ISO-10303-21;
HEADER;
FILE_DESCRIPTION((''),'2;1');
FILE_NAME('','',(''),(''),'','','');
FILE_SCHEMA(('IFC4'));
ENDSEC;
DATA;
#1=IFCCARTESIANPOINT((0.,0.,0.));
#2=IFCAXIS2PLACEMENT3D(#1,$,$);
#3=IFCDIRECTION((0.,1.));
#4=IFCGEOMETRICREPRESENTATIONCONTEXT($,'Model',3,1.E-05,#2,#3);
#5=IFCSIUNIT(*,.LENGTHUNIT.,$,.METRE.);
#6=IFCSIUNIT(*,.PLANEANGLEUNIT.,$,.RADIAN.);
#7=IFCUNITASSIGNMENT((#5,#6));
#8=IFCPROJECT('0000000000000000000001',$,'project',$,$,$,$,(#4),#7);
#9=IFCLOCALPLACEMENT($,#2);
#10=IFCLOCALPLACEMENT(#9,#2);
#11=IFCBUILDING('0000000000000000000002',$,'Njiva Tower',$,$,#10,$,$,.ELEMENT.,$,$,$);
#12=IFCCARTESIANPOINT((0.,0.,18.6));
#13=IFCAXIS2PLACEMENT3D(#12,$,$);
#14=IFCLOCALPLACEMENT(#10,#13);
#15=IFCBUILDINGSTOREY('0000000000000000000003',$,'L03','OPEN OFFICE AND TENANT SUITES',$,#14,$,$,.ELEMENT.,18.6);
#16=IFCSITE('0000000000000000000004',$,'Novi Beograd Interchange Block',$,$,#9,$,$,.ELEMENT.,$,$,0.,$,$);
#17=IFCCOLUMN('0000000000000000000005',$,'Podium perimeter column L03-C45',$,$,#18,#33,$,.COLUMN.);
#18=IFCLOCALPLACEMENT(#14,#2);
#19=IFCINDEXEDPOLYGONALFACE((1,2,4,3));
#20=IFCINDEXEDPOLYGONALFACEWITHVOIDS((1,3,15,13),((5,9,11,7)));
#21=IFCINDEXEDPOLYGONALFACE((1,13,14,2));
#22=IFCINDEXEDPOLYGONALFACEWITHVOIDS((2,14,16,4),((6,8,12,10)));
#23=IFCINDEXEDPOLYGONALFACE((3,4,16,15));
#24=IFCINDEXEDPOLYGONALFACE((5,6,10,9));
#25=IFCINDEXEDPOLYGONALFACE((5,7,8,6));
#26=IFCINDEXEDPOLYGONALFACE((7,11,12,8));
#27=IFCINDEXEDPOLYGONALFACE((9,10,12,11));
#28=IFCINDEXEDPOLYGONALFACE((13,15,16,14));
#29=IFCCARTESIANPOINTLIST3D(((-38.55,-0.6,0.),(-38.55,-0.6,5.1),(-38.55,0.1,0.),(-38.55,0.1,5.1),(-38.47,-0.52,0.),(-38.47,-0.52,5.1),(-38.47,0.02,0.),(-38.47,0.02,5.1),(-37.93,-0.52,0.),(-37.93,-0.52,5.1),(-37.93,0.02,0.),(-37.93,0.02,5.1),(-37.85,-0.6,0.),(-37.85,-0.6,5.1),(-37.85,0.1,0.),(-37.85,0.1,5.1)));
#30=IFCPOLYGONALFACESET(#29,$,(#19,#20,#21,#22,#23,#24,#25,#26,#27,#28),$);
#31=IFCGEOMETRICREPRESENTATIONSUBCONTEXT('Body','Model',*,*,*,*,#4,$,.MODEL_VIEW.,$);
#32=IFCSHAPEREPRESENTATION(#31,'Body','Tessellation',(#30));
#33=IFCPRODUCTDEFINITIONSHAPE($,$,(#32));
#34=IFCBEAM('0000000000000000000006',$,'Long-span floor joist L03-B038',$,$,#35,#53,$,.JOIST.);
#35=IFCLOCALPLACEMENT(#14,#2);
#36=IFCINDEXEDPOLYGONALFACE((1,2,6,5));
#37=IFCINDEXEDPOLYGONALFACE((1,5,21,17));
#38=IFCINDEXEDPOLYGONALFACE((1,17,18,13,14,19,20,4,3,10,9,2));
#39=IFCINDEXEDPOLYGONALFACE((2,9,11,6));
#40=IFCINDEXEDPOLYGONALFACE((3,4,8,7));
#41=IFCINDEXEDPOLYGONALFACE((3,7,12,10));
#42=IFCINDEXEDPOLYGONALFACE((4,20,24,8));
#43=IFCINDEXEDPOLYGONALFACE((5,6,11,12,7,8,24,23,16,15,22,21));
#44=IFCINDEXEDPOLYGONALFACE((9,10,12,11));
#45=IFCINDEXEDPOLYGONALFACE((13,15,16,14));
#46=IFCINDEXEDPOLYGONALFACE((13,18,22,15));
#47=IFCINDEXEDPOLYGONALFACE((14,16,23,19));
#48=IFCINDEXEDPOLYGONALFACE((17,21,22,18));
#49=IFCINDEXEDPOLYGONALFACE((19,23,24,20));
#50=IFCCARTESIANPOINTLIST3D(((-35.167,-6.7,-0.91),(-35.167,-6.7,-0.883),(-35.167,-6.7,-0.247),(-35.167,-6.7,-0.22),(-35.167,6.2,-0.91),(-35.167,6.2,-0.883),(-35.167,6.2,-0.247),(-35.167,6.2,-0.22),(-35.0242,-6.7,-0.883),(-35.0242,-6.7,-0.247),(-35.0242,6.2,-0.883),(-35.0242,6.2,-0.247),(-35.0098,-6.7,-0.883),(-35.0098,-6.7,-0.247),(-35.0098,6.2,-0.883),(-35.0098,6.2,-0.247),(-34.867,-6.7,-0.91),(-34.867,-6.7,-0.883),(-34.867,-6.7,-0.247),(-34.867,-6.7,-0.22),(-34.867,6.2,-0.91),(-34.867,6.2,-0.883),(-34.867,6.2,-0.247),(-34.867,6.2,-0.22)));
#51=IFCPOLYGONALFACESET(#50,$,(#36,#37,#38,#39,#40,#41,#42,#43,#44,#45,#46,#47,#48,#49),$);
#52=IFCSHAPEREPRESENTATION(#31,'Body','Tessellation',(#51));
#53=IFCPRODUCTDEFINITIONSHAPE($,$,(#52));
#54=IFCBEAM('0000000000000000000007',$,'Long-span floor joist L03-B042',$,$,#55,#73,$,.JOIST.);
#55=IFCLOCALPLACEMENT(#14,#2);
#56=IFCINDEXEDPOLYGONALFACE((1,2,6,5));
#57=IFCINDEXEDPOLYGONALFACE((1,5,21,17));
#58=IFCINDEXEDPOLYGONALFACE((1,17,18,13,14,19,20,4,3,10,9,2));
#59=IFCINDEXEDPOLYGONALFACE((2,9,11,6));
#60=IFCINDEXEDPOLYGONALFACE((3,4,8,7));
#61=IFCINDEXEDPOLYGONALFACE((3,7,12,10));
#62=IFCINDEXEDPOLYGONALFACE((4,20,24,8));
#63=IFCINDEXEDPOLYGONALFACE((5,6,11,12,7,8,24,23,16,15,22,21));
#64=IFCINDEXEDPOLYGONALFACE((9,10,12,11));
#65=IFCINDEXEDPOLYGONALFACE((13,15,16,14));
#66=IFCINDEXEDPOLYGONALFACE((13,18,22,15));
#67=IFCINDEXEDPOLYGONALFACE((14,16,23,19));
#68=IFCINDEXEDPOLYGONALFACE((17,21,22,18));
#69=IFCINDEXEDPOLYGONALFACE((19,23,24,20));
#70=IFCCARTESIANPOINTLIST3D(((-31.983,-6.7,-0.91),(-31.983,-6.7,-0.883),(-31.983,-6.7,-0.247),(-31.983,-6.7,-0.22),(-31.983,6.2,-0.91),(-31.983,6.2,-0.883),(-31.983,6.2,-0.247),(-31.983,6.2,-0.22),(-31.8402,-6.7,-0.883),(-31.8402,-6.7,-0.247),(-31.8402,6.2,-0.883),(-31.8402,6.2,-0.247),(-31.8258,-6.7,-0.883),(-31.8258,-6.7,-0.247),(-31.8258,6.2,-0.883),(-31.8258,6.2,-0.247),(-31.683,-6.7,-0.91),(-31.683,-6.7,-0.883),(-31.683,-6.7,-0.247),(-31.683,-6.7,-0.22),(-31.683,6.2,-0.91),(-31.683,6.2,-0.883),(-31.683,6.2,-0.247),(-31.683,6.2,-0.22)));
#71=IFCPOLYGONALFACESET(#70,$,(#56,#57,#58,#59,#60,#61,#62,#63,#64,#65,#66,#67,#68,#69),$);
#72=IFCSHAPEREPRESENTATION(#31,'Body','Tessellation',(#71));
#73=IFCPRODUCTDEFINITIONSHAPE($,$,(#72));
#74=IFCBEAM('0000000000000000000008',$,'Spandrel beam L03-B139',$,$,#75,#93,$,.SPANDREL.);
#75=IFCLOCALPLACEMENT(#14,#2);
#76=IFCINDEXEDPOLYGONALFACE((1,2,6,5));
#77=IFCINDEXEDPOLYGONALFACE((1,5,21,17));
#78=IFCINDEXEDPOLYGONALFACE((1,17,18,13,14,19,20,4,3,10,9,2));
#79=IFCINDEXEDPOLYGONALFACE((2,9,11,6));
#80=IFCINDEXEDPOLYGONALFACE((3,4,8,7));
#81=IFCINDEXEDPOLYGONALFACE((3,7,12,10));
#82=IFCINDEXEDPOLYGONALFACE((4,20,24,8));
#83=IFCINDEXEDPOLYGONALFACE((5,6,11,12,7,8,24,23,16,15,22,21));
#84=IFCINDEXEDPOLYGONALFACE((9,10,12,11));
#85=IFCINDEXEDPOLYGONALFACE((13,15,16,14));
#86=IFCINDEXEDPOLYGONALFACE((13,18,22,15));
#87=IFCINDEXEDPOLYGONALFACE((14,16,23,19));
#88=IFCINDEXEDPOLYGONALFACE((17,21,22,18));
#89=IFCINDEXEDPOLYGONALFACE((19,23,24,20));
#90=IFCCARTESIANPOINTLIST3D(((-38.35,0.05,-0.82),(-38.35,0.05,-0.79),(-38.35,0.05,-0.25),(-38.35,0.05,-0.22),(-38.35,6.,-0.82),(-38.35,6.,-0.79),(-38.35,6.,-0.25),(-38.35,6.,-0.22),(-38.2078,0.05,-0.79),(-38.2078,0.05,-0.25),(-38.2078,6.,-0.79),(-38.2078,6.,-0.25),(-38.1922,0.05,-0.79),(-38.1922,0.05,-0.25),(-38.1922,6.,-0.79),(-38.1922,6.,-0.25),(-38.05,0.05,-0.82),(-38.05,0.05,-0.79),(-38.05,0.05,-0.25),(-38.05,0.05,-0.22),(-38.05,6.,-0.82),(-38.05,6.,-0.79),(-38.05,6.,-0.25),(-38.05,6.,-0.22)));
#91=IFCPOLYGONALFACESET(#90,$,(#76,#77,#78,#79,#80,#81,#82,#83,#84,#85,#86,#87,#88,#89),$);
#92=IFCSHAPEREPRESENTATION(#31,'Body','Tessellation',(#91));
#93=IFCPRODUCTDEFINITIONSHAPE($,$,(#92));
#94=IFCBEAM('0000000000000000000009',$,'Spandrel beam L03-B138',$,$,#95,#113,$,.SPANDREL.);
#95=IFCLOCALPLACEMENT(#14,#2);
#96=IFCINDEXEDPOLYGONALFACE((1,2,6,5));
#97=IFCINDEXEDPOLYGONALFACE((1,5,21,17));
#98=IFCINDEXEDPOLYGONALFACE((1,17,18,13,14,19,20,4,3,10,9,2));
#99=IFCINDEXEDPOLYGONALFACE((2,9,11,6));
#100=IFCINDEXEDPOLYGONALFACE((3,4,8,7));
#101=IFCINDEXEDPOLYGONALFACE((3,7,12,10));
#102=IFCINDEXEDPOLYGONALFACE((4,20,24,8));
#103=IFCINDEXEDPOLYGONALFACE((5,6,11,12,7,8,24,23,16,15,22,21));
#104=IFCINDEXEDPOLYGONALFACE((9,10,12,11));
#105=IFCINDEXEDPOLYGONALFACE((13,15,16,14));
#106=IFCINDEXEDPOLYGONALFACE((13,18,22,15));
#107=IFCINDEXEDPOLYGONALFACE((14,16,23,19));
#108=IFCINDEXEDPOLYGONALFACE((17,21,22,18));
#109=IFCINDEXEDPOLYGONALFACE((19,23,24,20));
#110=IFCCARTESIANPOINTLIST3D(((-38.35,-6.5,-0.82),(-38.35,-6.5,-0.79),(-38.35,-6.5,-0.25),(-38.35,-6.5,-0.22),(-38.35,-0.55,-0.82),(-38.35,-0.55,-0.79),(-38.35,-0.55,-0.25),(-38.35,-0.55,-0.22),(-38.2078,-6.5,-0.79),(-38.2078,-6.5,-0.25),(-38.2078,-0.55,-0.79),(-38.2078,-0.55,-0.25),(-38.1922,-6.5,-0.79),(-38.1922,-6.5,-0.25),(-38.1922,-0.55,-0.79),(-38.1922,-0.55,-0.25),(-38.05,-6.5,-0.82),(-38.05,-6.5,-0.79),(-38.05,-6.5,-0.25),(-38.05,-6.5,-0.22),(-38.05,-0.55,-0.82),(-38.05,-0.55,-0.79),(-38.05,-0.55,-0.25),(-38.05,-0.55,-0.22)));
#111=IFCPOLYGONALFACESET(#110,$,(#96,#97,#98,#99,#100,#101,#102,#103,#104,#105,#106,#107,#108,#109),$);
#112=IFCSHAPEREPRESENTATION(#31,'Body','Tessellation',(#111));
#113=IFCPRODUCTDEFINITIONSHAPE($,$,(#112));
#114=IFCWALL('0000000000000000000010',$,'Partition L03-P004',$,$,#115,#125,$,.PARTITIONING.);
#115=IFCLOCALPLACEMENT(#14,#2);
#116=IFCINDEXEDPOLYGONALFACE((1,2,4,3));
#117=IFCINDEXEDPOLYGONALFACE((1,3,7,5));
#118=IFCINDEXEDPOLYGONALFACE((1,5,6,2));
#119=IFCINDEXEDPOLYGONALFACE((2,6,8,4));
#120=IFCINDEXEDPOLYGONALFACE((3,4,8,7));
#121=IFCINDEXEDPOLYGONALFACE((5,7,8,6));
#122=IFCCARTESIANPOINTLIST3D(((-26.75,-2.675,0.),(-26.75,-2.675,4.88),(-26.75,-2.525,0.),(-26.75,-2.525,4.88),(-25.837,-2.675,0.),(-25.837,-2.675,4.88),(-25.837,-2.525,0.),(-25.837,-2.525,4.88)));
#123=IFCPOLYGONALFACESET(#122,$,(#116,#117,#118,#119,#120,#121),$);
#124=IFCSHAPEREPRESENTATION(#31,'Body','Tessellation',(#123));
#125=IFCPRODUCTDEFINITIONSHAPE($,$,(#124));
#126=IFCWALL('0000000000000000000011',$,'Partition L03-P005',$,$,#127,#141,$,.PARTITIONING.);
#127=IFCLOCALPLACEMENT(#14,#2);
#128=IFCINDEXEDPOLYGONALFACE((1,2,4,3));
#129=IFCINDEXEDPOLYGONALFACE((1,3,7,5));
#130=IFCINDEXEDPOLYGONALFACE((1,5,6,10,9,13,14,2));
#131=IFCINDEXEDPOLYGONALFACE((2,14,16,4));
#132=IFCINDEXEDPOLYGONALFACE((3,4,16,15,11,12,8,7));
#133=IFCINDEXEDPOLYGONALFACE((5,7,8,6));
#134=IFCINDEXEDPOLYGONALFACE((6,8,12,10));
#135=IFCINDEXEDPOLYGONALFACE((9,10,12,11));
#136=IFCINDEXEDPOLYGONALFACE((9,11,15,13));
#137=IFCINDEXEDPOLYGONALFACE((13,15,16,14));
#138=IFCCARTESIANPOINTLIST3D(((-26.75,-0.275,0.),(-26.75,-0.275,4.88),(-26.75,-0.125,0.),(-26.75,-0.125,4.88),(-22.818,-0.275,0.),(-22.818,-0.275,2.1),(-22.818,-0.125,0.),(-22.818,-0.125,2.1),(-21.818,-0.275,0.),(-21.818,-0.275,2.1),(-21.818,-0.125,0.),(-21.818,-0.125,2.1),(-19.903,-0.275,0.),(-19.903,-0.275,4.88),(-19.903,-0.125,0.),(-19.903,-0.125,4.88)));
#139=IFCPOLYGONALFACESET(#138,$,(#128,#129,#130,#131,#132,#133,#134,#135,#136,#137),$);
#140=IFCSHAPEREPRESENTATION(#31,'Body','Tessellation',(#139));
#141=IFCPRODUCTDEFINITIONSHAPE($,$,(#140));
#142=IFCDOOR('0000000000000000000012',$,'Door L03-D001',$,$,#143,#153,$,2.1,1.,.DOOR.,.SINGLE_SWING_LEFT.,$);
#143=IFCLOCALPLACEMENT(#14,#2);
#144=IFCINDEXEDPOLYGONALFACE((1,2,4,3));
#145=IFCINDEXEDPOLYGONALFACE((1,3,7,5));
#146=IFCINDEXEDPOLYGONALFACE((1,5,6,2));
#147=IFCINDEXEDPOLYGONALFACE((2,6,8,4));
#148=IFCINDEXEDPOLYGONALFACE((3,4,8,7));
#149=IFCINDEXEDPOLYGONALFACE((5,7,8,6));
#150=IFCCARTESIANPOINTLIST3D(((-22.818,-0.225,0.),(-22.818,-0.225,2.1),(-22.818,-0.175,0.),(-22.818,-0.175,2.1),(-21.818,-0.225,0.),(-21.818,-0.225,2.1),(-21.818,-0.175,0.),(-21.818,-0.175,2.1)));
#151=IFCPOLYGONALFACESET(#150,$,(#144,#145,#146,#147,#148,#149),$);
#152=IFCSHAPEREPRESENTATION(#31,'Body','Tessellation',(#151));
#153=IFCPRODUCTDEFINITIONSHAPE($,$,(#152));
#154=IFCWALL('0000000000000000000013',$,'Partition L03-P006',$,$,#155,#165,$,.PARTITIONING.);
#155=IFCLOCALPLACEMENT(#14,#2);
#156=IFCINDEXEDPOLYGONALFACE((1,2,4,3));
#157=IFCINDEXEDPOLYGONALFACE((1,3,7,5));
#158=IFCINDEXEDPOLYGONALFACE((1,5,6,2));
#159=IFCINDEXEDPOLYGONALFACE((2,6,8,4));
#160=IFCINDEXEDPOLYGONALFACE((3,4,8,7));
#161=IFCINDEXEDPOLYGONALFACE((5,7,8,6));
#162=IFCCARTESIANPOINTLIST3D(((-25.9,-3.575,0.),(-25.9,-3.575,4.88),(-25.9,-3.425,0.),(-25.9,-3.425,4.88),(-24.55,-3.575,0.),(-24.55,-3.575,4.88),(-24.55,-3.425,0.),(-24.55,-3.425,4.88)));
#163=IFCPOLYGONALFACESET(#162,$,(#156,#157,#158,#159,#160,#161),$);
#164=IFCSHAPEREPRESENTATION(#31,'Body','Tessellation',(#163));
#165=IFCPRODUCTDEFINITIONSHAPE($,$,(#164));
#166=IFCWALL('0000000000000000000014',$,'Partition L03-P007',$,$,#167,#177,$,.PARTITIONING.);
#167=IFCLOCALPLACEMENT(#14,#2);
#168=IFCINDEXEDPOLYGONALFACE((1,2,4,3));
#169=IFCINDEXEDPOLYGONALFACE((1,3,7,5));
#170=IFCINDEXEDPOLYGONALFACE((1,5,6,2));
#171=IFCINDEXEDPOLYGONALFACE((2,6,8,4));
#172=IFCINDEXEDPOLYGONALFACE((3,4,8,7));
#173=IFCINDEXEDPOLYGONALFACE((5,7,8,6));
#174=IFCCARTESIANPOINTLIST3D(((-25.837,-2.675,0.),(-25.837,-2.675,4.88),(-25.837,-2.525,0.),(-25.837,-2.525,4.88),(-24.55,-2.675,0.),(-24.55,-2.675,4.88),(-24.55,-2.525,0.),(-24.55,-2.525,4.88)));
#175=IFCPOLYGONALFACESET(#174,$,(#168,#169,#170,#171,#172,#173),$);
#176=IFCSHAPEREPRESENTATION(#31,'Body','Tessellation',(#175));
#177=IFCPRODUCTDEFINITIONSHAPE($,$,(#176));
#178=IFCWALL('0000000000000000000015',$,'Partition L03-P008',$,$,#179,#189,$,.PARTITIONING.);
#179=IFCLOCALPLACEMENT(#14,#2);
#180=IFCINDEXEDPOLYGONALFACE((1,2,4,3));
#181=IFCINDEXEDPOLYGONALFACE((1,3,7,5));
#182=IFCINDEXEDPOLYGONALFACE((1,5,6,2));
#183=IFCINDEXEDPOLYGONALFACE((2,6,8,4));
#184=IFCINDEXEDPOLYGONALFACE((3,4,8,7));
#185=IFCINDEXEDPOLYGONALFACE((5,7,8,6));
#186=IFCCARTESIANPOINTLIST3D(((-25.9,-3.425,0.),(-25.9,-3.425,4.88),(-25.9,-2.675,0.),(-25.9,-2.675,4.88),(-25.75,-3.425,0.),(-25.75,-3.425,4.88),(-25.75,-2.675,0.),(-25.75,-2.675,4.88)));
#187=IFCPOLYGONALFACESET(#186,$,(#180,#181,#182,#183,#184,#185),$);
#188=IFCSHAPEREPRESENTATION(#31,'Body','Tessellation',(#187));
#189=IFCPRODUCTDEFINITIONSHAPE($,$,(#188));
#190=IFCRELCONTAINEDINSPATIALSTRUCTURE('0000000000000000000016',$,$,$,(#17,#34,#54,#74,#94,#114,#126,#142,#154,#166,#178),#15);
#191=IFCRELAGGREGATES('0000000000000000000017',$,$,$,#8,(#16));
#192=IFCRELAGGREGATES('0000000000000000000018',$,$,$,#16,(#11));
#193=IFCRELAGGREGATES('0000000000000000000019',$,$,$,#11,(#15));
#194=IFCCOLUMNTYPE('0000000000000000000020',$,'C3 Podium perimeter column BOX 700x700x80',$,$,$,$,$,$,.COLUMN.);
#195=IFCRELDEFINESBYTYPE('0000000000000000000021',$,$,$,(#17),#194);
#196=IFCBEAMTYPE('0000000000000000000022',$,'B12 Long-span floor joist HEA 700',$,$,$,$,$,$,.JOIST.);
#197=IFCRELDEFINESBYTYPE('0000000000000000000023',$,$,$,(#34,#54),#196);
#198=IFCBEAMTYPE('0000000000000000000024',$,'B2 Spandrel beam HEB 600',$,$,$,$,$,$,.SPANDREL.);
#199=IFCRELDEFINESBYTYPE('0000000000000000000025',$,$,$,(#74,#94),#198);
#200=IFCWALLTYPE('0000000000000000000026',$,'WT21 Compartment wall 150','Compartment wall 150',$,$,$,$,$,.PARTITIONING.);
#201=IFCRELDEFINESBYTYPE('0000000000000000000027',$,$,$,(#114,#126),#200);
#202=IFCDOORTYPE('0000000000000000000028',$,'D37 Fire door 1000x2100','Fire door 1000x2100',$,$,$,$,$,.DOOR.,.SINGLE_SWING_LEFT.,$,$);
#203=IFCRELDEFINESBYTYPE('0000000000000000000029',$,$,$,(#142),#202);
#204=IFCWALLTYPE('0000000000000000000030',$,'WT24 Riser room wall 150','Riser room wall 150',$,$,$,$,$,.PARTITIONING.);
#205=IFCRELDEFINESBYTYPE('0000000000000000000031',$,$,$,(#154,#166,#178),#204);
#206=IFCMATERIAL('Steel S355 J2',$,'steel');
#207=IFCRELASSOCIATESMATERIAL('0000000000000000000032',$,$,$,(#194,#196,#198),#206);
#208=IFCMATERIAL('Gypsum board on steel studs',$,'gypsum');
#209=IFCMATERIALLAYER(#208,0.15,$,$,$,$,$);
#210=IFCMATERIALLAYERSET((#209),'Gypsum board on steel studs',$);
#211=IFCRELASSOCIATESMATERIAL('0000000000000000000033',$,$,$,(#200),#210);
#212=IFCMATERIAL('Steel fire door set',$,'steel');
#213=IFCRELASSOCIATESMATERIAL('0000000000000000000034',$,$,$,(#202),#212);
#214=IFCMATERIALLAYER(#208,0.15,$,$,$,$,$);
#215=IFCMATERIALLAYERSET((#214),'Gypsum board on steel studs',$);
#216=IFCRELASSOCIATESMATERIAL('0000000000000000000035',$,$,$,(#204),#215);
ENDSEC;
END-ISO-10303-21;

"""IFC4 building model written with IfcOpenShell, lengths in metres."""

from ifc_helpers import new_model, si_unit, direction, frame, frame_2d, origin, origin_2d, place, context, subcontext, project, spatial, rectangle, hollow_rectangle, i_section, extrude, material, layer, layer_set, material_profile, profile_set, type_object, element, fill, save


model = new_model("IFC4")

# Units and contexts
model_context = context("Model", 3, precision=1e-05, world=origin(), true_north=direction((0.0, 1.0)))
body_context = subcontext(model_context, "Body", "Model", "MODEL_VIEW")
ifc_project = project(units=[si_unit("LENGTHUNIT", "METRE"), si_unit("PLANEANGLEUNIT", "RADIAN")], contexts=[model_context])

# Site, building, storey
site_placement = place(None, origin())
site = spatial("IfcSite", under=ifc_project, at=site_placement, Name="Novi Beograd Interchange Block", CompositionType="ELEMENT", RefElevation=0.0)
building_placement = place(site_placement, origin())
building = spatial("IfcBuilding", under=site, at=building_placement, Name="Njiva Tower", CompositionType="ELEMENT")
storey_placement = place(building_placement, frame((0.0, 0.0, 18.6)))
storey = spatial("IfcBuildingStorey", under=building, at=storey_placement, Name="L03", Description="OPEN OFFICE AND TENANT SUITES", CompositionType="ELEMENT", Elevation=18.6)

# Column
ifc_material_1 = material(Name="Steel S355 J2", Category="steel")
ifc_material_profile_1 = material_profile(ifc_material_1, hollow_rectangle(XDim=0.7, YDim=0.7, WallThickness=0.08, at=origin_2d()), Name="BOX 700x700x80")
ifc_profile_set_1 = profile_set([ifc_material_profile_1], Name="Steel S355 J2")
column_type = type_object("IfcColumnType", Name="C3 Podium perimeter column BOX 700x700x80", PredefinedType="COLUMN", material=ifc_profile_set_1)
column_placement = place(storey_placement, frame((-38.2, -0.25, 0.0), z_axis=(0.0, 0.0, 1.0), x_axis=(0.0, -1.0, 0.0)))
element("IfcColumn", 1, at=column_placement, inside=storey, type_object=column_type, Name="Podium perimeter column L03-C45", PredefinedType="COLUMN", context=body_context, shape_type="SweptSolid", body=[
    extrude(hollow_rectangle(XDim=0.7, YDim=0.7, WallThickness=0.08, at=origin_2d()), origin(), (0.0, 0.0, 1.0), 5.1),
])

# Beams
ifc_material_profile_2 = material_profile(ifc_material_1, i_section(OverallWidth=0.3, OverallDepth=0.69, WebThickness=0.0145, FlangeThickness=0.027, at=origin_2d()), Name="HEA 700")
ifc_profile_set_2 = profile_set([ifc_material_profile_2], Name="Steel S355 J2")
beam_type_1 = type_object("IfcBeamType", Name="B12 Long-span floor joist HEA 700", PredefinedType="JOIST", material=ifc_profile_set_2)
for number, where, z_axis, x_axis, name in (
    (2, (-35.017, 6.2, -0.565), (0.0, -1.0, 0.0), (1.0, 0.0, 0.0), "Long-span floor joist L03-B038"),
    (3, (-31.833, 6.2, -0.565), (0.0, -1.0, 0.0), (1.0, 0.0, 0.0), "Long-span floor joist L03-B042"),
):
    element("IfcBeam", number, at=place(storey_placement, frame(where, z_axis=z_axis, x_axis=x_axis)), inside=storey, type_object=beam_type_1, Name=name, PredefinedType="JOIST", context=body_context, shape_type="SweptSolid", body=[
        extrude(i_section(OverallWidth=0.3, OverallDepth=0.69, WebThickness=0.0145, FlangeThickness=0.027, at=origin_2d()), origin(), (0.0, 0.0, 1.0), 12.9),
    ])
ifc_material_profile_3 = material_profile(ifc_material_1, i_section(OverallWidth=0.3, OverallDepth=0.6, WebThickness=0.0155, FlangeThickness=0.03, at=origin_2d()), Name="HEB 600")
ifc_profile_set_3 = profile_set([ifc_material_profile_3], Name="Steel S355 J2")
beam_type_2 = type_object("IfcBeamType", Name="B2 Spandrel beam HEB 600", PredefinedType="SPANDREL", material=ifc_profile_set_3)
for number, where, z_axis, x_axis, name in (
    (4, (-38.2, 6.0, -0.52), (0.0, -1.0, 0.0), (1.0, 0.0, 0.0), "Spandrel beam L03-B139"),
    (5, (-38.2, -0.55, -0.52), (0.0, -1.0, 0.0), (1.0, 0.0, 0.0), "Spandrel beam L03-B138"),
):
    element("IfcBeam", number, at=place(storey_placement, frame(where, z_axis=z_axis, x_axis=x_axis)), inside=storey, type_object=beam_type_2, Name=name, PredefinedType="SPANDREL", context=body_context, shape_type="SweptSolid", body=[
        extrude(i_section(OverallWidth=0.3, OverallDepth=0.6, WebThickness=0.0155, FlangeThickness=0.03, at=origin_2d()), origin(), (0.0, 0.0, 1.0), 5.95),
    ])

# Wall
ifc_material_2 = material(Name="Gypsum board on steel studs", Category="gypsum")
ifc_layer_1 = layer(ifc_material_2, 0.15)
ifc_layer_set_1 = layer_set([ifc_layer_1], Name="Gypsum board on steel studs")
wall_type_1 = type_object("IfcWallType", Name="WT21 Compartment wall 150", Description="Compartment wall 150", PredefinedType="PARTITIONING", material=ifc_layer_set_1)
wall_1_placement = place(storey_placement, frame((-26.75, -2.6, 0.0), z_axis=(0.0, 0.0, 1.0), x_axis=(1.0, 0.0, 0.0)))
element("IfcWall", 6, at=wall_1_placement, inside=storey, type_object=wall_type_1, Name="Partition L03-P004", PredefinedType="PARTITIONING", context=body_context, shape_type="SweptSolid", body=[
    extrude(rectangle(XDim=0.913, YDim=0.15, at=frame_2d((0.4565, 0.0))), origin(), (0.0, 0.0, 1.0), 4.88),
])

# Wall, opening, door
wall_2_placement = place(storey_placement, frame((-26.75, -0.2, 0.0), z_axis=(0.0, 0.0, 1.0), x_axis=(1.0, 0.0, 0.0)))
wall_2 = element("IfcWall", 7, at=wall_2_placement, inside=storey, type_object=wall_type_1, Name="Partition L03-P005", PredefinedType="PARTITIONING", context=body_context, shape_type="SweptSolid", body=[
    extrude(rectangle(XDim=6.847, YDim=0.15, at=frame_2d((3.4235, 0.0))), origin(), (0.0, 0.0, 1.0), 4.88),
])
opening_placement = place(wall_2_placement, frame((3.932, 0.0, 0.0)))
opening = element("IfcOpeningElement", 8, at=opening_placement, cuts=wall_2, PredefinedType="OPENING", context=body_context, shape_type="SweptSolid", body=[
    extrude(rectangle(XDim=1.0, YDim=2.1, at=frame_2d((0.5, 1.05))), frame((0.0, 0.085, 0.0), z_axis=(0.0, -1.0, 0.0), x_axis=(1.0, 0.0, 0.0)), (0.0, 0.0, 1.0), 0.17),
])
ifc_material_3 = material(Name="Steel fire door set", Category="steel")
door_type = type_object("IfcDoorType", Name="D37 Fire door 1000x2100", Description="Fire door 1000x2100", OperationType="SINGLE_SWING_LEFT", PredefinedType="DOOR", material=ifc_material_3)
door_placement = place(opening_placement, origin())
door = element("IfcDoor", 9, at=door_placement, inside=storey, type_object=door_type, Name="Door L03-D001", OperationType="SINGLE_SWING_LEFT", OverallHeight=2.1, OverallWidth=1.0, PredefinedType="DOOR", context=body_context, shape_type="SweptSolid", body=[
    extrude(rectangle(XDim=1.0, YDim=2.1, at=frame_2d((0.5, 1.05))), frame((0.0, 0.025, 0.0), z_axis=(0.0, -1.0, 0.0), x_axis=(1.0, 0.0, 0.0)), (0.0, 0.0, 1.0), 0.05),
])
fill(opening, door)

# Walls
ifc_layer_2 = layer(ifc_material_2, 0.15)
ifc_layer_set_2 = layer_set([ifc_layer_2], Name="Gypsum board on steel studs")
wall_type_2 = type_object("IfcWallType", Name="WT24 Riser room wall 150", Description="Riser room wall 150", PredefinedType="PARTITIONING", material=ifc_layer_set_2)
wall_3_placement = place(storey_placement, frame((-25.9, -3.5, 0.0), z_axis=(0.0, 0.0, 1.0), x_axis=(1.0, 0.0, 0.0)))
element("IfcWall", 10, at=wall_3_placement, inside=storey, type_object=wall_type_2, Name="Partition L03-P006", PredefinedType="PARTITIONING", context=body_context, shape_type="SweptSolid", body=[
    extrude(rectangle(XDim=1.35, YDim=0.15, at=frame_2d((0.675, 0.0))), origin(), (0.0, 0.0, 1.0), 4.88),
])
wall_4_placement = place(storey_placement, frame((-25.837, -2.6, 0.0), z_axis=(0.0, 0.0, 1.0), x_axis=(1.0, 0.0, 0.0)))
element("IfcWall", 11, at=wall_4_placement, inside=storey, type_object=wall_type_2, Name="Partition L03-P007", PredefinedType="PARTITIONING", context=body_context, shape_type="SweptSolid", body=[
    extrude(rectangle(XDim=1.287, YDim=0.15, at=frame_2d((0.6435, 0.0))), origin(), (0.0, 0.0, 1.0), 4.88),
])
wall_5_placement = place(storey_placement, frame((-25.825, -3.425, 0.0), z_axis=(0.0, 0.0, 1.0), x_axis=(0.0, 1.0, 0.0)))
element("IfcWall", 12, at=wall_5_placement, inside=storey, type_object=wall_type_2, Name="Partition L03-P008", PredefinedType="PARTITIONING", context=body_context, shape_type="SweptSolid", body=[
    extrude(rectangle(XDim=0.75, YDim=0.15, at=frame_2d((0.375, 0.0))), origin(), (0.0, 0.0, 1.0), 4.88),
])

save(model, "model.ifc")
